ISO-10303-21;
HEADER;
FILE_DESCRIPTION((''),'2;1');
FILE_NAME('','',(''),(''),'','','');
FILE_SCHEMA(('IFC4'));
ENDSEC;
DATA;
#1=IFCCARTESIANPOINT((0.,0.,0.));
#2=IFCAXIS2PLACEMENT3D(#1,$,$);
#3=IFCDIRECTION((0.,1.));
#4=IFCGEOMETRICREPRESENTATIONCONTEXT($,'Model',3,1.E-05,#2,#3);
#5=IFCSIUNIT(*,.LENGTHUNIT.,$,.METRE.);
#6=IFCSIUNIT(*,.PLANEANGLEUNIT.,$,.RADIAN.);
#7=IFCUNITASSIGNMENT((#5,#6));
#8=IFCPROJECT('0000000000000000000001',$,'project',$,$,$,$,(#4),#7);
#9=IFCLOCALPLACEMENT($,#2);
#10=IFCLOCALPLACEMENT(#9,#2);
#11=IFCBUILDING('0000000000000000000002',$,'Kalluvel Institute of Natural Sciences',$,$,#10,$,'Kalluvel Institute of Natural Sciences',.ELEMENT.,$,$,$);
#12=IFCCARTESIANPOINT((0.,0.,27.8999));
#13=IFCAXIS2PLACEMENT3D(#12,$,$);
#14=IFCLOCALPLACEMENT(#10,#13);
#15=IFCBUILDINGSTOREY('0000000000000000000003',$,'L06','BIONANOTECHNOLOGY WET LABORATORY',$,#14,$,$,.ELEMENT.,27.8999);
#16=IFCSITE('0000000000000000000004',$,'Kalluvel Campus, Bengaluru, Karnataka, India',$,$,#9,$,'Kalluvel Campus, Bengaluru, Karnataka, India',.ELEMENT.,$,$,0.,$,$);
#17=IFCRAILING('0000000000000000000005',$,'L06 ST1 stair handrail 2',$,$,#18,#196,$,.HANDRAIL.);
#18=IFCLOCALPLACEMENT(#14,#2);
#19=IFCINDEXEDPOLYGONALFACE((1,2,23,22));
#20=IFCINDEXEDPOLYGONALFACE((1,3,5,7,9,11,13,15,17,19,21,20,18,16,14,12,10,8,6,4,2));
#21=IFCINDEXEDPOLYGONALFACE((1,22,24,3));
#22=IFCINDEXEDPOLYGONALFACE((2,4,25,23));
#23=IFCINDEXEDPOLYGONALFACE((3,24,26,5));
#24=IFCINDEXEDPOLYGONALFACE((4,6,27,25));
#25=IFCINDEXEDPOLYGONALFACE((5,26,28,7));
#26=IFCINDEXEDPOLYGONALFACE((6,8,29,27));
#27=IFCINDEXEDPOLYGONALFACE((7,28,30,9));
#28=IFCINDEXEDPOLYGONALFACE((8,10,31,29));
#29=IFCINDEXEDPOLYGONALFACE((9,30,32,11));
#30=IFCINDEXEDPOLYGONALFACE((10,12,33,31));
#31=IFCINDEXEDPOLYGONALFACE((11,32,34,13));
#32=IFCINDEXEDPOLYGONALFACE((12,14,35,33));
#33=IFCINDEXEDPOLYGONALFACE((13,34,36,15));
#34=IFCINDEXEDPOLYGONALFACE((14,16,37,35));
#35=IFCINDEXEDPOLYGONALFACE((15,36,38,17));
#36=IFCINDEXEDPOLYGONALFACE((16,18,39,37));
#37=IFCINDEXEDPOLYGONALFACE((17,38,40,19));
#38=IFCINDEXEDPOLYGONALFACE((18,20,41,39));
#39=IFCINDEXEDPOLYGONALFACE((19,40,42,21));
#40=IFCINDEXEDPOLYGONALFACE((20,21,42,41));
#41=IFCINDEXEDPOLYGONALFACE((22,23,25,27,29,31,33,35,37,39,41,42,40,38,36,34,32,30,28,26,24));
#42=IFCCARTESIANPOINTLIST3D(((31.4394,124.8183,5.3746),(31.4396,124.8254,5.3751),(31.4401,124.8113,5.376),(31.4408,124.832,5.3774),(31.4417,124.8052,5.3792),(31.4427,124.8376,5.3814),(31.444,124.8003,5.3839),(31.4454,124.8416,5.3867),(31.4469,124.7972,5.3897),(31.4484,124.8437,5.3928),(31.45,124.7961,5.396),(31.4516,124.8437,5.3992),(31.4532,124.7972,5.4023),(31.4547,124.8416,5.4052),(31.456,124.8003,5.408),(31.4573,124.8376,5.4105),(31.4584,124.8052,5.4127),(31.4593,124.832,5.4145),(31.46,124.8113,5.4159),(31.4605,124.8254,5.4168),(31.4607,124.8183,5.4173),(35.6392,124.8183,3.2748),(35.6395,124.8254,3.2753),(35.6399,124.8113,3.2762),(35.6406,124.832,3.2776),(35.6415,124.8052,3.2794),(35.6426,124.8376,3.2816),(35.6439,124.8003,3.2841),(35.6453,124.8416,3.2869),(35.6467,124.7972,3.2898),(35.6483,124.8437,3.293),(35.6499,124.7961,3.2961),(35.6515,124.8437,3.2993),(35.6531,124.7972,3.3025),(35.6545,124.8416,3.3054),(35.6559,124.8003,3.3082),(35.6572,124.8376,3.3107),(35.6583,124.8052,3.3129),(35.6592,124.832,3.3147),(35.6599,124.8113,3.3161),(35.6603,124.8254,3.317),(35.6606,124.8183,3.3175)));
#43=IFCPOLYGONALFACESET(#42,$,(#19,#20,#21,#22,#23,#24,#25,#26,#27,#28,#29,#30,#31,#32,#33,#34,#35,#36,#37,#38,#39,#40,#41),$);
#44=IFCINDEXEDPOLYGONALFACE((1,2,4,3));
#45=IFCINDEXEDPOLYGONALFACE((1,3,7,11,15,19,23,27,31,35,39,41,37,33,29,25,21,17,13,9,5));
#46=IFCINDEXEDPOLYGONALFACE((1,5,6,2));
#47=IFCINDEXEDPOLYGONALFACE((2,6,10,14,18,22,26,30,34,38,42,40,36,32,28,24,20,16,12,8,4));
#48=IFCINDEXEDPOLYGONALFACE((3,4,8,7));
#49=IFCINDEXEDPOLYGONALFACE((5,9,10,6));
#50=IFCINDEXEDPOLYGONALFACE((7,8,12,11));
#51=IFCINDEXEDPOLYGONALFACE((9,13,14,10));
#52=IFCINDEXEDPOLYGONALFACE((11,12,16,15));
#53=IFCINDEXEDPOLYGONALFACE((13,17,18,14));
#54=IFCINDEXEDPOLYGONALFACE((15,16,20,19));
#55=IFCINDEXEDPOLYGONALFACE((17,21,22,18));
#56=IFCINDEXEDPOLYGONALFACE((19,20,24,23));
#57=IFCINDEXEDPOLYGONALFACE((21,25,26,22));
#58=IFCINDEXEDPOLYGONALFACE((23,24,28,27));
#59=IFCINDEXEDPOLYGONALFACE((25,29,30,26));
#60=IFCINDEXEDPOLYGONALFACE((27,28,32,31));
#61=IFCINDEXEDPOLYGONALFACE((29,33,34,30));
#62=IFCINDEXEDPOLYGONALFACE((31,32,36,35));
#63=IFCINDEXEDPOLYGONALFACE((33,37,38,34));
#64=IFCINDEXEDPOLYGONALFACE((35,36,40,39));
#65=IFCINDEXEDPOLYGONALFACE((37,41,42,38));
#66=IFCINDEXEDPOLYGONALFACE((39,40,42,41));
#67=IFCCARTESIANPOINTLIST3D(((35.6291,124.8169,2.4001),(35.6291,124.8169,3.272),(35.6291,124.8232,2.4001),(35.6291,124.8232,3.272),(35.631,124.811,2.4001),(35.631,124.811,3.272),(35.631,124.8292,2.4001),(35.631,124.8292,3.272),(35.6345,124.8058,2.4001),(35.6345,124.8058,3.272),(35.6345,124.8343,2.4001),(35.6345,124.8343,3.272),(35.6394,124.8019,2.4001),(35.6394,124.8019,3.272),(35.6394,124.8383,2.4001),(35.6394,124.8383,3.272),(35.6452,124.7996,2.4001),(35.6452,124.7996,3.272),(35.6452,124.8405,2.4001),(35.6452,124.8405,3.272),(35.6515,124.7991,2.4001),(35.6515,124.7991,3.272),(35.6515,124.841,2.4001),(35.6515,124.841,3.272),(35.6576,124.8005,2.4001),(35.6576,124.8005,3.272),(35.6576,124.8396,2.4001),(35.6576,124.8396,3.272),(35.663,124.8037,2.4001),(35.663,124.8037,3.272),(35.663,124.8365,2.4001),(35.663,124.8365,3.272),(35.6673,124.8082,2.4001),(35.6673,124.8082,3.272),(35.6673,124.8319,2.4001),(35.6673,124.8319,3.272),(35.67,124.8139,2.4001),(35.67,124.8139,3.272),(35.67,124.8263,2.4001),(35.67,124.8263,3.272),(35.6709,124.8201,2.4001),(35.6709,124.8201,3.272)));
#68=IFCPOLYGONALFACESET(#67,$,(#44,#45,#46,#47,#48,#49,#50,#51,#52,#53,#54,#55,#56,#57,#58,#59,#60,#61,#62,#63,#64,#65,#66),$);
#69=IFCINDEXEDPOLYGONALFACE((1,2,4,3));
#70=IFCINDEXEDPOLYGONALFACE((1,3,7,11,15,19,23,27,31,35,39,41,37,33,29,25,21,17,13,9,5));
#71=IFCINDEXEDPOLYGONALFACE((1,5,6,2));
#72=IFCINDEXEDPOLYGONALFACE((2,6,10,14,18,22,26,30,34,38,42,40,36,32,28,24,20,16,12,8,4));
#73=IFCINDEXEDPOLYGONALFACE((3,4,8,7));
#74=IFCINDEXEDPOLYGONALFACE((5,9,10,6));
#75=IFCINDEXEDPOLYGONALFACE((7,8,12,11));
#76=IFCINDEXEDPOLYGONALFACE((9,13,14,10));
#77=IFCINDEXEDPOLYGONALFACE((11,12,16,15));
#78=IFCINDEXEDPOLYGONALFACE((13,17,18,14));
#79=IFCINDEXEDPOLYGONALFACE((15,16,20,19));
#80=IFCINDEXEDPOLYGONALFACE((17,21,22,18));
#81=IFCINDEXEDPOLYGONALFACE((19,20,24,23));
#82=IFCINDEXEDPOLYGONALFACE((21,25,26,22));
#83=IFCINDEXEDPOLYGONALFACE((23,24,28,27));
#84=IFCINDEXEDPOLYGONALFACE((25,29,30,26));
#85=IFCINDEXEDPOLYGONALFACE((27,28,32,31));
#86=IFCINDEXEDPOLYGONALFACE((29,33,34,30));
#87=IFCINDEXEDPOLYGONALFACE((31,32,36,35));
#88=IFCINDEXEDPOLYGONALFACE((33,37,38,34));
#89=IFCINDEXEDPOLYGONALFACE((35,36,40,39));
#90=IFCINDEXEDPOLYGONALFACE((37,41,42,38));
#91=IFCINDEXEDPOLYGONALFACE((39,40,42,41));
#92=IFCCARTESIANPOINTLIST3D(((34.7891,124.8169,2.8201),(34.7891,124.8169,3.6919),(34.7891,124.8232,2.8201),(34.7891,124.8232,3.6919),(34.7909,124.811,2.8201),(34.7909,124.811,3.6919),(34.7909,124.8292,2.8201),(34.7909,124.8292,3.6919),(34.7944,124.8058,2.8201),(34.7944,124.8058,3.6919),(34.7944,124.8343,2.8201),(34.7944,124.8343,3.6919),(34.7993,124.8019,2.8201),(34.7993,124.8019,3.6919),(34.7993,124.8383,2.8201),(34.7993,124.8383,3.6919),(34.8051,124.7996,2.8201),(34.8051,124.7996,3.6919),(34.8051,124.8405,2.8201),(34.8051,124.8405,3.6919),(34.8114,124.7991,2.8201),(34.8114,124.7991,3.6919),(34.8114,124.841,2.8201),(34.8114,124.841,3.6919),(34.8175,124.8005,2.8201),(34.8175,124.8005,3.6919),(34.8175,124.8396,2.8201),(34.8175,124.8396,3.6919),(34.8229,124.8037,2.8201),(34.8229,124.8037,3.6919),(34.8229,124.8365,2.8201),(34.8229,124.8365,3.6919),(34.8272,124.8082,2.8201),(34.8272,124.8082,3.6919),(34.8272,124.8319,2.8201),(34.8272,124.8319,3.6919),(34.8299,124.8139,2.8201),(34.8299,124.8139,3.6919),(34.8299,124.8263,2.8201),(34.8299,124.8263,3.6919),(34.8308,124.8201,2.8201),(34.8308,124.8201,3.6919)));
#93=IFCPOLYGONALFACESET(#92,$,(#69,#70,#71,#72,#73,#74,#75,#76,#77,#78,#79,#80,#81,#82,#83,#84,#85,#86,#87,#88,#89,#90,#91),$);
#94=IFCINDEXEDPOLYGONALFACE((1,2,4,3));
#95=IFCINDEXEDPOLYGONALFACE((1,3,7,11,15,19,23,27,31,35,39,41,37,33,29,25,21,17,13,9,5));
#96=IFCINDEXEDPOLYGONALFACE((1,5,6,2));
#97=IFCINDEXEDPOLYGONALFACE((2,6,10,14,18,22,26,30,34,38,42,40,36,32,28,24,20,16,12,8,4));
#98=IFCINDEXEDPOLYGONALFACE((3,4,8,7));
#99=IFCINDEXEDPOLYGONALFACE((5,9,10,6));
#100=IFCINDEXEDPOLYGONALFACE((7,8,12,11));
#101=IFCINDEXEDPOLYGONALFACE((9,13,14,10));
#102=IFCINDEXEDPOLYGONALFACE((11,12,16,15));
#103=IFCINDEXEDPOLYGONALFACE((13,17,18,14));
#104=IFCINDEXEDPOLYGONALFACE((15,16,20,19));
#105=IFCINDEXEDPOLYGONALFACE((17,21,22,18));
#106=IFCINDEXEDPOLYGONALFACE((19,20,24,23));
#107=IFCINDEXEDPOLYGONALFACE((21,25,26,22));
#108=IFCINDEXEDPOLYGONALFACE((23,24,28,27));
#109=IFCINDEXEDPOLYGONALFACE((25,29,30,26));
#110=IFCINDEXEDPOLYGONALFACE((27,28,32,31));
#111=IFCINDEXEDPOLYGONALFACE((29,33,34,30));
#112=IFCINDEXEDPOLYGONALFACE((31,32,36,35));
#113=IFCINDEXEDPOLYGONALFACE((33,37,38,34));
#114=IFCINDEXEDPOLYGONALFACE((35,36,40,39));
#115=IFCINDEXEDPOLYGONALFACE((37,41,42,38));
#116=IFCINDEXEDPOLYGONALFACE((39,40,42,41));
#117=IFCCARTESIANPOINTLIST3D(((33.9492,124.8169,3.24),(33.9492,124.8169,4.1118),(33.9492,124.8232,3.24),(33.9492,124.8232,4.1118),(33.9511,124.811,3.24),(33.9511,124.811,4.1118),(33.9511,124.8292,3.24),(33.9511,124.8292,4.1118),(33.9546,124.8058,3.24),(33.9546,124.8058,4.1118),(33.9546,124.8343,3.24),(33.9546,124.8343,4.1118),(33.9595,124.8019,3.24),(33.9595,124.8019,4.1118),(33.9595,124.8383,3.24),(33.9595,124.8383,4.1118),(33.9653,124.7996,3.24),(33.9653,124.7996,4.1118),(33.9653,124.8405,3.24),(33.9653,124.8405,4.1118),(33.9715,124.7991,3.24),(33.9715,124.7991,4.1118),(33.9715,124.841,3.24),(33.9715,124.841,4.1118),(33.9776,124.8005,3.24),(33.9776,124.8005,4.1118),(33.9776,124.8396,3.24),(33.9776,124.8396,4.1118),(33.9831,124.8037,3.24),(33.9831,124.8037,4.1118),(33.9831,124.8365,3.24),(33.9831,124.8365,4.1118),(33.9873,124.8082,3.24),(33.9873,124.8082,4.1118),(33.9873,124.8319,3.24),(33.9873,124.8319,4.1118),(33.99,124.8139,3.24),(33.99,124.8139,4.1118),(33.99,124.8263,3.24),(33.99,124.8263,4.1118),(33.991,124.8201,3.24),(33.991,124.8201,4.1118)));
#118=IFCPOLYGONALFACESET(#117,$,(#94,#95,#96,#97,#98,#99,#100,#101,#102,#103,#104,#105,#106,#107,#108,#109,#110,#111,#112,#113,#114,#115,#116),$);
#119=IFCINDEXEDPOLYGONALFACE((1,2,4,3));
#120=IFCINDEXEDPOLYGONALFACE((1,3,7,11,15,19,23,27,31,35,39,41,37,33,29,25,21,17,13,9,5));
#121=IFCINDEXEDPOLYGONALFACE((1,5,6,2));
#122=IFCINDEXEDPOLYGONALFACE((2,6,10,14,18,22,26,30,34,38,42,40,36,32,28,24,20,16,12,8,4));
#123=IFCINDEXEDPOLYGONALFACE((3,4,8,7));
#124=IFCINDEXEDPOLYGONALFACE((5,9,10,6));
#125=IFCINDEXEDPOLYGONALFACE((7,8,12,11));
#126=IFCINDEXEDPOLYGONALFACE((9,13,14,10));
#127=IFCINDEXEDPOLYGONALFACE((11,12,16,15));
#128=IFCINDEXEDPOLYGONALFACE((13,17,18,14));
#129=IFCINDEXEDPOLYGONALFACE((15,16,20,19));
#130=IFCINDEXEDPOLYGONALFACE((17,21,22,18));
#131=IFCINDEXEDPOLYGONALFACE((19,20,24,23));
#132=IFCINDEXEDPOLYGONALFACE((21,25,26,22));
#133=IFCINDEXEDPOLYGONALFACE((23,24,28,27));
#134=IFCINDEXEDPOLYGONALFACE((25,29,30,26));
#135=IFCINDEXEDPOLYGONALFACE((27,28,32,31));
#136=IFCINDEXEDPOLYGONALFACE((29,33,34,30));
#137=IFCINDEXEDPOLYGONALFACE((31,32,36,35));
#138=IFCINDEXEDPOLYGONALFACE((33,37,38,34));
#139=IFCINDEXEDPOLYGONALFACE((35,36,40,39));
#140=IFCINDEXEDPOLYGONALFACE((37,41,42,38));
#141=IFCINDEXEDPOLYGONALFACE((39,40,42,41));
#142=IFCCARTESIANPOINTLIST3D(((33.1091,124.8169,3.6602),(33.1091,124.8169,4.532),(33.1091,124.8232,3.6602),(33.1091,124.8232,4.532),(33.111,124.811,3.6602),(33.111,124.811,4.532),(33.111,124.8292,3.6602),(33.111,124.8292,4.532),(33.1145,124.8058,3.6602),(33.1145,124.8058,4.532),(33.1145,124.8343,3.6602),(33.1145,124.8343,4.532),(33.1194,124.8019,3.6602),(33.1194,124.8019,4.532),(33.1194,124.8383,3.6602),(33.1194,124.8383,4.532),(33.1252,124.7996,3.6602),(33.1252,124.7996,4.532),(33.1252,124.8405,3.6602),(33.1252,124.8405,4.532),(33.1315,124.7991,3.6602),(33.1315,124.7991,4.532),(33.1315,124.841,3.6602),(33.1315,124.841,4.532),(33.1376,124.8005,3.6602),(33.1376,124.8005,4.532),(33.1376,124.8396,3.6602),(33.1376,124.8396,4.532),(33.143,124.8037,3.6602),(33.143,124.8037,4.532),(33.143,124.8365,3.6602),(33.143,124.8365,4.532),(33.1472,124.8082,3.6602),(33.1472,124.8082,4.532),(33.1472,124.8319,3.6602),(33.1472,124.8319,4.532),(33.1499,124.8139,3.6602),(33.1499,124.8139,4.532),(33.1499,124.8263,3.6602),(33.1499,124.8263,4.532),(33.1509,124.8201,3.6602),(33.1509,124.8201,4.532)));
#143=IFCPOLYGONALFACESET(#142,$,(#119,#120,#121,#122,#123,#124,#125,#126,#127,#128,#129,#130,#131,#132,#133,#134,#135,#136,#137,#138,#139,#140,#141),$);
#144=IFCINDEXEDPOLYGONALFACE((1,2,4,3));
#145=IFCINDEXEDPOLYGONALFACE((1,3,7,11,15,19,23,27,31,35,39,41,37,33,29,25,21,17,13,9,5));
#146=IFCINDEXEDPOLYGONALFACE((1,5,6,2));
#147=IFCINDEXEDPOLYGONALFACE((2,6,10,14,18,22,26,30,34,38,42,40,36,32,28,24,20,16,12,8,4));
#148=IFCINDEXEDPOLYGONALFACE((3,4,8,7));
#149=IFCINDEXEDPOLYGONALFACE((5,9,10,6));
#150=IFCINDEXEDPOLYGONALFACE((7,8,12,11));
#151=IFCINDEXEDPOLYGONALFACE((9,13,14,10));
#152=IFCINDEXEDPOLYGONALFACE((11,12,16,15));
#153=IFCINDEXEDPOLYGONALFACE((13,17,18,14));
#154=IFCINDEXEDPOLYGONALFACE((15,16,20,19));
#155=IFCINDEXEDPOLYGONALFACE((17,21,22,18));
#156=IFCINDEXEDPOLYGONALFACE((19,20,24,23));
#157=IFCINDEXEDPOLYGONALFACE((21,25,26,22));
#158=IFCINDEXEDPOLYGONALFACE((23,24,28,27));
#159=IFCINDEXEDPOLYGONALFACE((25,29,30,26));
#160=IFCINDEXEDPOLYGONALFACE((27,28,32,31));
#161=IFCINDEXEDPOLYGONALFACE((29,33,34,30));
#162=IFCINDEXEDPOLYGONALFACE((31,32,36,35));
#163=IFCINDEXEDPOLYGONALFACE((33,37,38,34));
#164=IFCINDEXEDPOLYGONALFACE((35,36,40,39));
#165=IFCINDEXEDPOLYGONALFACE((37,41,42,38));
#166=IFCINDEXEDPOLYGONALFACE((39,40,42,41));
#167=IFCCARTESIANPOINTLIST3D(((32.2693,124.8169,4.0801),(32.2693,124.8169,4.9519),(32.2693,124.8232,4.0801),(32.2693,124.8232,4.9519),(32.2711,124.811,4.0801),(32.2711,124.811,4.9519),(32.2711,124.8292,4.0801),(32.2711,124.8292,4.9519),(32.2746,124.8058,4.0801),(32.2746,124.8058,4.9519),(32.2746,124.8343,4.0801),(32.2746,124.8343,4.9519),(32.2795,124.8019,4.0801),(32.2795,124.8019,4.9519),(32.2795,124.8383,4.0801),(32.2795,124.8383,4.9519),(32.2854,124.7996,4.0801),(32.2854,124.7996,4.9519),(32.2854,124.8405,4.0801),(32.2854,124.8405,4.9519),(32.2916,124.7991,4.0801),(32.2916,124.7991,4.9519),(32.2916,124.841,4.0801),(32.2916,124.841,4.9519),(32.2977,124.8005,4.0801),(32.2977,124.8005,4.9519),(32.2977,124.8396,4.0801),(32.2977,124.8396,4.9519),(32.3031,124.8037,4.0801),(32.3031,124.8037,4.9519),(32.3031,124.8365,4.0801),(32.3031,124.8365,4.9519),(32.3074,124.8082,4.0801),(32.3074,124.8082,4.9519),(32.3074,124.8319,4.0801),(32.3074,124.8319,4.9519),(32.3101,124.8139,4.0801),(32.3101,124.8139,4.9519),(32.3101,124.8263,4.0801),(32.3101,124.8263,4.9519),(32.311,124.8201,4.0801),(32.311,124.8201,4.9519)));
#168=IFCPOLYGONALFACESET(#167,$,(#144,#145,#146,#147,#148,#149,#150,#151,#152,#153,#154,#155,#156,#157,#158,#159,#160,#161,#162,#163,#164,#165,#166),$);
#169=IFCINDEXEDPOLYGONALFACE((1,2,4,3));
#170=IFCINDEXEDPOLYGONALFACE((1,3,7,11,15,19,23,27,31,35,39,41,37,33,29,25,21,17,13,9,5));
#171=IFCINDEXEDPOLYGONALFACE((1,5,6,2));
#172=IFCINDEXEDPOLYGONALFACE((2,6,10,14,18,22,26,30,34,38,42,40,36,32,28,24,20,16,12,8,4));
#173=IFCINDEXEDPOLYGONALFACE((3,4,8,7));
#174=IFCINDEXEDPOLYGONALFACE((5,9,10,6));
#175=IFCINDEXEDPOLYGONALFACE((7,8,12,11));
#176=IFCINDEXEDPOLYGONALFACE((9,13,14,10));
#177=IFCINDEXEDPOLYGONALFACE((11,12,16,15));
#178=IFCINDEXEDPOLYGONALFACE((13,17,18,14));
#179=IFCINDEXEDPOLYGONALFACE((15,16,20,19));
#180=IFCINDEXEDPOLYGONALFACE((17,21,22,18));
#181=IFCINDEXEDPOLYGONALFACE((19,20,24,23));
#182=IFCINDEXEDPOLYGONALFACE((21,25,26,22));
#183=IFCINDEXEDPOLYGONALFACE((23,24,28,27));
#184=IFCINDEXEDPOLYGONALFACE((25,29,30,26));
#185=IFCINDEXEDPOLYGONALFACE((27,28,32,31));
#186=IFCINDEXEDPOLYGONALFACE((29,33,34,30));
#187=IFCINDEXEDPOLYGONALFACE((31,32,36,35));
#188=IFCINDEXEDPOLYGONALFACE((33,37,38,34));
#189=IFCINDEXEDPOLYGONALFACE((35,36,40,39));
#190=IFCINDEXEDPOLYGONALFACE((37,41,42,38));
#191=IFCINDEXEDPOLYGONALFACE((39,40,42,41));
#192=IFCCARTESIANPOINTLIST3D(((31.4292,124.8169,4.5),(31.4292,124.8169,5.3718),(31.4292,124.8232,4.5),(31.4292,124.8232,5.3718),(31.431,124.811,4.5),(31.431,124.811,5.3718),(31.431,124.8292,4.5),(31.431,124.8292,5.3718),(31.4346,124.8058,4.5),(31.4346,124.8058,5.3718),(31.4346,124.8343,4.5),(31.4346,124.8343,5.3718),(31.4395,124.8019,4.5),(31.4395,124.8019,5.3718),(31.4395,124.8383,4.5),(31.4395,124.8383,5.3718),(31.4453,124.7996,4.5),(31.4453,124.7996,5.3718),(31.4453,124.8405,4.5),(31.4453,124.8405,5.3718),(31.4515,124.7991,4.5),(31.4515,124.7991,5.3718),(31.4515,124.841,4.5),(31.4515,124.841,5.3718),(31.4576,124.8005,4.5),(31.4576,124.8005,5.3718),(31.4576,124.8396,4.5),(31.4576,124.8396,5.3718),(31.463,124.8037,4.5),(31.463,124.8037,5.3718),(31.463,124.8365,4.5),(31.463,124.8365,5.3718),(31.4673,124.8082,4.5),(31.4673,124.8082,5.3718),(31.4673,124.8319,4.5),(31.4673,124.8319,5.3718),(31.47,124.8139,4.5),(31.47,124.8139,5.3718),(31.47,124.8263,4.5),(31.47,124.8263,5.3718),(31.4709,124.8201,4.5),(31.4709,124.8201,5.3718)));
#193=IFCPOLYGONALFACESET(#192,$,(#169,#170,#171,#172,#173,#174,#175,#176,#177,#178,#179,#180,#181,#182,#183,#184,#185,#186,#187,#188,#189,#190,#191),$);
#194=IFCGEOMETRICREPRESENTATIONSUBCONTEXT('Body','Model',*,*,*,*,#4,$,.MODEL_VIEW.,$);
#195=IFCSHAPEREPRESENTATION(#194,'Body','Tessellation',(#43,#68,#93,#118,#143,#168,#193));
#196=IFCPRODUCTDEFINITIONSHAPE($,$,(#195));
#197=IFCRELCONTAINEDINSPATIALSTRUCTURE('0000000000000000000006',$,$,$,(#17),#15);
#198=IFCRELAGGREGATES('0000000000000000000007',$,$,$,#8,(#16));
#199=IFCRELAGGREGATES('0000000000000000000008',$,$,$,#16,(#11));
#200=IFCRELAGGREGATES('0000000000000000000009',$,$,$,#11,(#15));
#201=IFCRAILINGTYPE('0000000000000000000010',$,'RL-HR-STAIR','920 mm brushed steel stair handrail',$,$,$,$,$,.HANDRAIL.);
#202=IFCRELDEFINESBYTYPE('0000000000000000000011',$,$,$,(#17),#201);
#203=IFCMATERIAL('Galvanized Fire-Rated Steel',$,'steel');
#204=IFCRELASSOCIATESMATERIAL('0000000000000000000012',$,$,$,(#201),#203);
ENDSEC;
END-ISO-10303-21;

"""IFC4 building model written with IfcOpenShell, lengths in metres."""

from ifc_helpers import new_model, si_unit, direction, frame, origin, origin_2d, place, context, subcontext, project, spatial, circle, extrude, material, type_object, element, save


model = new_model("IFC4")

# Units and contexts
model_context = context("Model", 3, precision=1e-05, world=origin(), true_north=direction((0.0, 1.0)))
body_context = subcontext(model_context, "Body", "Model", "MODEL_VIEW")
ifc_project = project(units=[si_unit("LENGTHUNIT", "METRE"), si_unit("PLANEANGLEUNIT", "RADIAN")], contexts=[model_context])

# Site, building, storey
site_placement = place(None, origin())
site = spatial("IfcSite", under=ifc_project, at=site_placement, Name="Kalluvel Campus, Bengaluru, Karnataka, India", LongName="Kalluvel Campus, Bengaluru, Karnataka, India", CompositionType="ELEMENT", RefElevation=0.0)
building_placement = place(site_placement, origin())
building = spatial("IfcBuilding", under=site, at=building_placement, Name="Kalluvel Institute of Natural Sciences", LongName="Kalluvel Institute of Natural Sciences", CompositionType="ELEMENT")
storey_placement = place(building_placement, frame((0.0, 0.0, 27.8999)))
storey = spatial("IfcBuildingStorey", under=building, at=storey_placement, Name="L06", Description="BIONANOTECHNOLOGY WET LABORATORY", CompositionType="ELEMENT", Elevation=27.8999)

# Shared definitions
ifc_material_1 = material(Name="Galvanized Fire-Rated Steel", Category="steel")

# Railing
railing_type_1 = type_object("IfcRailingType", Name="RL-HR-STAIR", Description="920 mm brushed steel stair handrail", PredefinedType="HANDRAIL", material=ifc_material_1)
railing_1_placement = place(storey_placement, frame((35.6499, 124.8201, 2.4001)))
element("IfcRailing", 1, at=railing_1_placement, inside=storey, type_object=railing_type_1, Name="L06 ST1 stair handrail 2", PredefinedType="HANDRAIL", context=body_context, shape_type="SweptSolid", body=[
    extrude(circle(Radius=0.0239, at=origin_2d()), frame((0.0, 0.0, 0.896), z_axis=(-0.894438, 0.0, 0.447193), x_axis=(0.0, -1.0, 0.0)), (0.0, 0.0, 1.0), 4.6956),
    extrude(circle(Radius=0.021, at=origin_2d()), origin(), (0.0, 0.0, 1.0), 0.8718),
    extrude(circle(Radius=0.021, at=origin_2d()), frame((-0.8401, 0.0, 0.4199)), (0.0, 0.0, 1.0), 0.8718),
    extrude(circle(Radius=0.021, at=origin_2d()), frame((-1.6799, 0.0, 0.8398)), (0.0, 0.0, 1.0), 0.8718),
    extrude(circle(Radius=0.021, at=origin_2d()), frame((-2.52, 0.0, 1.26)), (0.0, 0.0, 1.0), 0.8718),
    extrude(circle(Radius=0.021, at=origin_2d()), frame((-3.3599, 0.0, 1.6799)), (0.0, 0.0, 1.0), 0.8718),
    extrude(circle(Radius=0.021, at=origin_2d()), frame((-4.2, 0.0, 2.0999)), (0.0, 0.0, 1.0), 0.8718),
])

save(model, "model.ifc")
